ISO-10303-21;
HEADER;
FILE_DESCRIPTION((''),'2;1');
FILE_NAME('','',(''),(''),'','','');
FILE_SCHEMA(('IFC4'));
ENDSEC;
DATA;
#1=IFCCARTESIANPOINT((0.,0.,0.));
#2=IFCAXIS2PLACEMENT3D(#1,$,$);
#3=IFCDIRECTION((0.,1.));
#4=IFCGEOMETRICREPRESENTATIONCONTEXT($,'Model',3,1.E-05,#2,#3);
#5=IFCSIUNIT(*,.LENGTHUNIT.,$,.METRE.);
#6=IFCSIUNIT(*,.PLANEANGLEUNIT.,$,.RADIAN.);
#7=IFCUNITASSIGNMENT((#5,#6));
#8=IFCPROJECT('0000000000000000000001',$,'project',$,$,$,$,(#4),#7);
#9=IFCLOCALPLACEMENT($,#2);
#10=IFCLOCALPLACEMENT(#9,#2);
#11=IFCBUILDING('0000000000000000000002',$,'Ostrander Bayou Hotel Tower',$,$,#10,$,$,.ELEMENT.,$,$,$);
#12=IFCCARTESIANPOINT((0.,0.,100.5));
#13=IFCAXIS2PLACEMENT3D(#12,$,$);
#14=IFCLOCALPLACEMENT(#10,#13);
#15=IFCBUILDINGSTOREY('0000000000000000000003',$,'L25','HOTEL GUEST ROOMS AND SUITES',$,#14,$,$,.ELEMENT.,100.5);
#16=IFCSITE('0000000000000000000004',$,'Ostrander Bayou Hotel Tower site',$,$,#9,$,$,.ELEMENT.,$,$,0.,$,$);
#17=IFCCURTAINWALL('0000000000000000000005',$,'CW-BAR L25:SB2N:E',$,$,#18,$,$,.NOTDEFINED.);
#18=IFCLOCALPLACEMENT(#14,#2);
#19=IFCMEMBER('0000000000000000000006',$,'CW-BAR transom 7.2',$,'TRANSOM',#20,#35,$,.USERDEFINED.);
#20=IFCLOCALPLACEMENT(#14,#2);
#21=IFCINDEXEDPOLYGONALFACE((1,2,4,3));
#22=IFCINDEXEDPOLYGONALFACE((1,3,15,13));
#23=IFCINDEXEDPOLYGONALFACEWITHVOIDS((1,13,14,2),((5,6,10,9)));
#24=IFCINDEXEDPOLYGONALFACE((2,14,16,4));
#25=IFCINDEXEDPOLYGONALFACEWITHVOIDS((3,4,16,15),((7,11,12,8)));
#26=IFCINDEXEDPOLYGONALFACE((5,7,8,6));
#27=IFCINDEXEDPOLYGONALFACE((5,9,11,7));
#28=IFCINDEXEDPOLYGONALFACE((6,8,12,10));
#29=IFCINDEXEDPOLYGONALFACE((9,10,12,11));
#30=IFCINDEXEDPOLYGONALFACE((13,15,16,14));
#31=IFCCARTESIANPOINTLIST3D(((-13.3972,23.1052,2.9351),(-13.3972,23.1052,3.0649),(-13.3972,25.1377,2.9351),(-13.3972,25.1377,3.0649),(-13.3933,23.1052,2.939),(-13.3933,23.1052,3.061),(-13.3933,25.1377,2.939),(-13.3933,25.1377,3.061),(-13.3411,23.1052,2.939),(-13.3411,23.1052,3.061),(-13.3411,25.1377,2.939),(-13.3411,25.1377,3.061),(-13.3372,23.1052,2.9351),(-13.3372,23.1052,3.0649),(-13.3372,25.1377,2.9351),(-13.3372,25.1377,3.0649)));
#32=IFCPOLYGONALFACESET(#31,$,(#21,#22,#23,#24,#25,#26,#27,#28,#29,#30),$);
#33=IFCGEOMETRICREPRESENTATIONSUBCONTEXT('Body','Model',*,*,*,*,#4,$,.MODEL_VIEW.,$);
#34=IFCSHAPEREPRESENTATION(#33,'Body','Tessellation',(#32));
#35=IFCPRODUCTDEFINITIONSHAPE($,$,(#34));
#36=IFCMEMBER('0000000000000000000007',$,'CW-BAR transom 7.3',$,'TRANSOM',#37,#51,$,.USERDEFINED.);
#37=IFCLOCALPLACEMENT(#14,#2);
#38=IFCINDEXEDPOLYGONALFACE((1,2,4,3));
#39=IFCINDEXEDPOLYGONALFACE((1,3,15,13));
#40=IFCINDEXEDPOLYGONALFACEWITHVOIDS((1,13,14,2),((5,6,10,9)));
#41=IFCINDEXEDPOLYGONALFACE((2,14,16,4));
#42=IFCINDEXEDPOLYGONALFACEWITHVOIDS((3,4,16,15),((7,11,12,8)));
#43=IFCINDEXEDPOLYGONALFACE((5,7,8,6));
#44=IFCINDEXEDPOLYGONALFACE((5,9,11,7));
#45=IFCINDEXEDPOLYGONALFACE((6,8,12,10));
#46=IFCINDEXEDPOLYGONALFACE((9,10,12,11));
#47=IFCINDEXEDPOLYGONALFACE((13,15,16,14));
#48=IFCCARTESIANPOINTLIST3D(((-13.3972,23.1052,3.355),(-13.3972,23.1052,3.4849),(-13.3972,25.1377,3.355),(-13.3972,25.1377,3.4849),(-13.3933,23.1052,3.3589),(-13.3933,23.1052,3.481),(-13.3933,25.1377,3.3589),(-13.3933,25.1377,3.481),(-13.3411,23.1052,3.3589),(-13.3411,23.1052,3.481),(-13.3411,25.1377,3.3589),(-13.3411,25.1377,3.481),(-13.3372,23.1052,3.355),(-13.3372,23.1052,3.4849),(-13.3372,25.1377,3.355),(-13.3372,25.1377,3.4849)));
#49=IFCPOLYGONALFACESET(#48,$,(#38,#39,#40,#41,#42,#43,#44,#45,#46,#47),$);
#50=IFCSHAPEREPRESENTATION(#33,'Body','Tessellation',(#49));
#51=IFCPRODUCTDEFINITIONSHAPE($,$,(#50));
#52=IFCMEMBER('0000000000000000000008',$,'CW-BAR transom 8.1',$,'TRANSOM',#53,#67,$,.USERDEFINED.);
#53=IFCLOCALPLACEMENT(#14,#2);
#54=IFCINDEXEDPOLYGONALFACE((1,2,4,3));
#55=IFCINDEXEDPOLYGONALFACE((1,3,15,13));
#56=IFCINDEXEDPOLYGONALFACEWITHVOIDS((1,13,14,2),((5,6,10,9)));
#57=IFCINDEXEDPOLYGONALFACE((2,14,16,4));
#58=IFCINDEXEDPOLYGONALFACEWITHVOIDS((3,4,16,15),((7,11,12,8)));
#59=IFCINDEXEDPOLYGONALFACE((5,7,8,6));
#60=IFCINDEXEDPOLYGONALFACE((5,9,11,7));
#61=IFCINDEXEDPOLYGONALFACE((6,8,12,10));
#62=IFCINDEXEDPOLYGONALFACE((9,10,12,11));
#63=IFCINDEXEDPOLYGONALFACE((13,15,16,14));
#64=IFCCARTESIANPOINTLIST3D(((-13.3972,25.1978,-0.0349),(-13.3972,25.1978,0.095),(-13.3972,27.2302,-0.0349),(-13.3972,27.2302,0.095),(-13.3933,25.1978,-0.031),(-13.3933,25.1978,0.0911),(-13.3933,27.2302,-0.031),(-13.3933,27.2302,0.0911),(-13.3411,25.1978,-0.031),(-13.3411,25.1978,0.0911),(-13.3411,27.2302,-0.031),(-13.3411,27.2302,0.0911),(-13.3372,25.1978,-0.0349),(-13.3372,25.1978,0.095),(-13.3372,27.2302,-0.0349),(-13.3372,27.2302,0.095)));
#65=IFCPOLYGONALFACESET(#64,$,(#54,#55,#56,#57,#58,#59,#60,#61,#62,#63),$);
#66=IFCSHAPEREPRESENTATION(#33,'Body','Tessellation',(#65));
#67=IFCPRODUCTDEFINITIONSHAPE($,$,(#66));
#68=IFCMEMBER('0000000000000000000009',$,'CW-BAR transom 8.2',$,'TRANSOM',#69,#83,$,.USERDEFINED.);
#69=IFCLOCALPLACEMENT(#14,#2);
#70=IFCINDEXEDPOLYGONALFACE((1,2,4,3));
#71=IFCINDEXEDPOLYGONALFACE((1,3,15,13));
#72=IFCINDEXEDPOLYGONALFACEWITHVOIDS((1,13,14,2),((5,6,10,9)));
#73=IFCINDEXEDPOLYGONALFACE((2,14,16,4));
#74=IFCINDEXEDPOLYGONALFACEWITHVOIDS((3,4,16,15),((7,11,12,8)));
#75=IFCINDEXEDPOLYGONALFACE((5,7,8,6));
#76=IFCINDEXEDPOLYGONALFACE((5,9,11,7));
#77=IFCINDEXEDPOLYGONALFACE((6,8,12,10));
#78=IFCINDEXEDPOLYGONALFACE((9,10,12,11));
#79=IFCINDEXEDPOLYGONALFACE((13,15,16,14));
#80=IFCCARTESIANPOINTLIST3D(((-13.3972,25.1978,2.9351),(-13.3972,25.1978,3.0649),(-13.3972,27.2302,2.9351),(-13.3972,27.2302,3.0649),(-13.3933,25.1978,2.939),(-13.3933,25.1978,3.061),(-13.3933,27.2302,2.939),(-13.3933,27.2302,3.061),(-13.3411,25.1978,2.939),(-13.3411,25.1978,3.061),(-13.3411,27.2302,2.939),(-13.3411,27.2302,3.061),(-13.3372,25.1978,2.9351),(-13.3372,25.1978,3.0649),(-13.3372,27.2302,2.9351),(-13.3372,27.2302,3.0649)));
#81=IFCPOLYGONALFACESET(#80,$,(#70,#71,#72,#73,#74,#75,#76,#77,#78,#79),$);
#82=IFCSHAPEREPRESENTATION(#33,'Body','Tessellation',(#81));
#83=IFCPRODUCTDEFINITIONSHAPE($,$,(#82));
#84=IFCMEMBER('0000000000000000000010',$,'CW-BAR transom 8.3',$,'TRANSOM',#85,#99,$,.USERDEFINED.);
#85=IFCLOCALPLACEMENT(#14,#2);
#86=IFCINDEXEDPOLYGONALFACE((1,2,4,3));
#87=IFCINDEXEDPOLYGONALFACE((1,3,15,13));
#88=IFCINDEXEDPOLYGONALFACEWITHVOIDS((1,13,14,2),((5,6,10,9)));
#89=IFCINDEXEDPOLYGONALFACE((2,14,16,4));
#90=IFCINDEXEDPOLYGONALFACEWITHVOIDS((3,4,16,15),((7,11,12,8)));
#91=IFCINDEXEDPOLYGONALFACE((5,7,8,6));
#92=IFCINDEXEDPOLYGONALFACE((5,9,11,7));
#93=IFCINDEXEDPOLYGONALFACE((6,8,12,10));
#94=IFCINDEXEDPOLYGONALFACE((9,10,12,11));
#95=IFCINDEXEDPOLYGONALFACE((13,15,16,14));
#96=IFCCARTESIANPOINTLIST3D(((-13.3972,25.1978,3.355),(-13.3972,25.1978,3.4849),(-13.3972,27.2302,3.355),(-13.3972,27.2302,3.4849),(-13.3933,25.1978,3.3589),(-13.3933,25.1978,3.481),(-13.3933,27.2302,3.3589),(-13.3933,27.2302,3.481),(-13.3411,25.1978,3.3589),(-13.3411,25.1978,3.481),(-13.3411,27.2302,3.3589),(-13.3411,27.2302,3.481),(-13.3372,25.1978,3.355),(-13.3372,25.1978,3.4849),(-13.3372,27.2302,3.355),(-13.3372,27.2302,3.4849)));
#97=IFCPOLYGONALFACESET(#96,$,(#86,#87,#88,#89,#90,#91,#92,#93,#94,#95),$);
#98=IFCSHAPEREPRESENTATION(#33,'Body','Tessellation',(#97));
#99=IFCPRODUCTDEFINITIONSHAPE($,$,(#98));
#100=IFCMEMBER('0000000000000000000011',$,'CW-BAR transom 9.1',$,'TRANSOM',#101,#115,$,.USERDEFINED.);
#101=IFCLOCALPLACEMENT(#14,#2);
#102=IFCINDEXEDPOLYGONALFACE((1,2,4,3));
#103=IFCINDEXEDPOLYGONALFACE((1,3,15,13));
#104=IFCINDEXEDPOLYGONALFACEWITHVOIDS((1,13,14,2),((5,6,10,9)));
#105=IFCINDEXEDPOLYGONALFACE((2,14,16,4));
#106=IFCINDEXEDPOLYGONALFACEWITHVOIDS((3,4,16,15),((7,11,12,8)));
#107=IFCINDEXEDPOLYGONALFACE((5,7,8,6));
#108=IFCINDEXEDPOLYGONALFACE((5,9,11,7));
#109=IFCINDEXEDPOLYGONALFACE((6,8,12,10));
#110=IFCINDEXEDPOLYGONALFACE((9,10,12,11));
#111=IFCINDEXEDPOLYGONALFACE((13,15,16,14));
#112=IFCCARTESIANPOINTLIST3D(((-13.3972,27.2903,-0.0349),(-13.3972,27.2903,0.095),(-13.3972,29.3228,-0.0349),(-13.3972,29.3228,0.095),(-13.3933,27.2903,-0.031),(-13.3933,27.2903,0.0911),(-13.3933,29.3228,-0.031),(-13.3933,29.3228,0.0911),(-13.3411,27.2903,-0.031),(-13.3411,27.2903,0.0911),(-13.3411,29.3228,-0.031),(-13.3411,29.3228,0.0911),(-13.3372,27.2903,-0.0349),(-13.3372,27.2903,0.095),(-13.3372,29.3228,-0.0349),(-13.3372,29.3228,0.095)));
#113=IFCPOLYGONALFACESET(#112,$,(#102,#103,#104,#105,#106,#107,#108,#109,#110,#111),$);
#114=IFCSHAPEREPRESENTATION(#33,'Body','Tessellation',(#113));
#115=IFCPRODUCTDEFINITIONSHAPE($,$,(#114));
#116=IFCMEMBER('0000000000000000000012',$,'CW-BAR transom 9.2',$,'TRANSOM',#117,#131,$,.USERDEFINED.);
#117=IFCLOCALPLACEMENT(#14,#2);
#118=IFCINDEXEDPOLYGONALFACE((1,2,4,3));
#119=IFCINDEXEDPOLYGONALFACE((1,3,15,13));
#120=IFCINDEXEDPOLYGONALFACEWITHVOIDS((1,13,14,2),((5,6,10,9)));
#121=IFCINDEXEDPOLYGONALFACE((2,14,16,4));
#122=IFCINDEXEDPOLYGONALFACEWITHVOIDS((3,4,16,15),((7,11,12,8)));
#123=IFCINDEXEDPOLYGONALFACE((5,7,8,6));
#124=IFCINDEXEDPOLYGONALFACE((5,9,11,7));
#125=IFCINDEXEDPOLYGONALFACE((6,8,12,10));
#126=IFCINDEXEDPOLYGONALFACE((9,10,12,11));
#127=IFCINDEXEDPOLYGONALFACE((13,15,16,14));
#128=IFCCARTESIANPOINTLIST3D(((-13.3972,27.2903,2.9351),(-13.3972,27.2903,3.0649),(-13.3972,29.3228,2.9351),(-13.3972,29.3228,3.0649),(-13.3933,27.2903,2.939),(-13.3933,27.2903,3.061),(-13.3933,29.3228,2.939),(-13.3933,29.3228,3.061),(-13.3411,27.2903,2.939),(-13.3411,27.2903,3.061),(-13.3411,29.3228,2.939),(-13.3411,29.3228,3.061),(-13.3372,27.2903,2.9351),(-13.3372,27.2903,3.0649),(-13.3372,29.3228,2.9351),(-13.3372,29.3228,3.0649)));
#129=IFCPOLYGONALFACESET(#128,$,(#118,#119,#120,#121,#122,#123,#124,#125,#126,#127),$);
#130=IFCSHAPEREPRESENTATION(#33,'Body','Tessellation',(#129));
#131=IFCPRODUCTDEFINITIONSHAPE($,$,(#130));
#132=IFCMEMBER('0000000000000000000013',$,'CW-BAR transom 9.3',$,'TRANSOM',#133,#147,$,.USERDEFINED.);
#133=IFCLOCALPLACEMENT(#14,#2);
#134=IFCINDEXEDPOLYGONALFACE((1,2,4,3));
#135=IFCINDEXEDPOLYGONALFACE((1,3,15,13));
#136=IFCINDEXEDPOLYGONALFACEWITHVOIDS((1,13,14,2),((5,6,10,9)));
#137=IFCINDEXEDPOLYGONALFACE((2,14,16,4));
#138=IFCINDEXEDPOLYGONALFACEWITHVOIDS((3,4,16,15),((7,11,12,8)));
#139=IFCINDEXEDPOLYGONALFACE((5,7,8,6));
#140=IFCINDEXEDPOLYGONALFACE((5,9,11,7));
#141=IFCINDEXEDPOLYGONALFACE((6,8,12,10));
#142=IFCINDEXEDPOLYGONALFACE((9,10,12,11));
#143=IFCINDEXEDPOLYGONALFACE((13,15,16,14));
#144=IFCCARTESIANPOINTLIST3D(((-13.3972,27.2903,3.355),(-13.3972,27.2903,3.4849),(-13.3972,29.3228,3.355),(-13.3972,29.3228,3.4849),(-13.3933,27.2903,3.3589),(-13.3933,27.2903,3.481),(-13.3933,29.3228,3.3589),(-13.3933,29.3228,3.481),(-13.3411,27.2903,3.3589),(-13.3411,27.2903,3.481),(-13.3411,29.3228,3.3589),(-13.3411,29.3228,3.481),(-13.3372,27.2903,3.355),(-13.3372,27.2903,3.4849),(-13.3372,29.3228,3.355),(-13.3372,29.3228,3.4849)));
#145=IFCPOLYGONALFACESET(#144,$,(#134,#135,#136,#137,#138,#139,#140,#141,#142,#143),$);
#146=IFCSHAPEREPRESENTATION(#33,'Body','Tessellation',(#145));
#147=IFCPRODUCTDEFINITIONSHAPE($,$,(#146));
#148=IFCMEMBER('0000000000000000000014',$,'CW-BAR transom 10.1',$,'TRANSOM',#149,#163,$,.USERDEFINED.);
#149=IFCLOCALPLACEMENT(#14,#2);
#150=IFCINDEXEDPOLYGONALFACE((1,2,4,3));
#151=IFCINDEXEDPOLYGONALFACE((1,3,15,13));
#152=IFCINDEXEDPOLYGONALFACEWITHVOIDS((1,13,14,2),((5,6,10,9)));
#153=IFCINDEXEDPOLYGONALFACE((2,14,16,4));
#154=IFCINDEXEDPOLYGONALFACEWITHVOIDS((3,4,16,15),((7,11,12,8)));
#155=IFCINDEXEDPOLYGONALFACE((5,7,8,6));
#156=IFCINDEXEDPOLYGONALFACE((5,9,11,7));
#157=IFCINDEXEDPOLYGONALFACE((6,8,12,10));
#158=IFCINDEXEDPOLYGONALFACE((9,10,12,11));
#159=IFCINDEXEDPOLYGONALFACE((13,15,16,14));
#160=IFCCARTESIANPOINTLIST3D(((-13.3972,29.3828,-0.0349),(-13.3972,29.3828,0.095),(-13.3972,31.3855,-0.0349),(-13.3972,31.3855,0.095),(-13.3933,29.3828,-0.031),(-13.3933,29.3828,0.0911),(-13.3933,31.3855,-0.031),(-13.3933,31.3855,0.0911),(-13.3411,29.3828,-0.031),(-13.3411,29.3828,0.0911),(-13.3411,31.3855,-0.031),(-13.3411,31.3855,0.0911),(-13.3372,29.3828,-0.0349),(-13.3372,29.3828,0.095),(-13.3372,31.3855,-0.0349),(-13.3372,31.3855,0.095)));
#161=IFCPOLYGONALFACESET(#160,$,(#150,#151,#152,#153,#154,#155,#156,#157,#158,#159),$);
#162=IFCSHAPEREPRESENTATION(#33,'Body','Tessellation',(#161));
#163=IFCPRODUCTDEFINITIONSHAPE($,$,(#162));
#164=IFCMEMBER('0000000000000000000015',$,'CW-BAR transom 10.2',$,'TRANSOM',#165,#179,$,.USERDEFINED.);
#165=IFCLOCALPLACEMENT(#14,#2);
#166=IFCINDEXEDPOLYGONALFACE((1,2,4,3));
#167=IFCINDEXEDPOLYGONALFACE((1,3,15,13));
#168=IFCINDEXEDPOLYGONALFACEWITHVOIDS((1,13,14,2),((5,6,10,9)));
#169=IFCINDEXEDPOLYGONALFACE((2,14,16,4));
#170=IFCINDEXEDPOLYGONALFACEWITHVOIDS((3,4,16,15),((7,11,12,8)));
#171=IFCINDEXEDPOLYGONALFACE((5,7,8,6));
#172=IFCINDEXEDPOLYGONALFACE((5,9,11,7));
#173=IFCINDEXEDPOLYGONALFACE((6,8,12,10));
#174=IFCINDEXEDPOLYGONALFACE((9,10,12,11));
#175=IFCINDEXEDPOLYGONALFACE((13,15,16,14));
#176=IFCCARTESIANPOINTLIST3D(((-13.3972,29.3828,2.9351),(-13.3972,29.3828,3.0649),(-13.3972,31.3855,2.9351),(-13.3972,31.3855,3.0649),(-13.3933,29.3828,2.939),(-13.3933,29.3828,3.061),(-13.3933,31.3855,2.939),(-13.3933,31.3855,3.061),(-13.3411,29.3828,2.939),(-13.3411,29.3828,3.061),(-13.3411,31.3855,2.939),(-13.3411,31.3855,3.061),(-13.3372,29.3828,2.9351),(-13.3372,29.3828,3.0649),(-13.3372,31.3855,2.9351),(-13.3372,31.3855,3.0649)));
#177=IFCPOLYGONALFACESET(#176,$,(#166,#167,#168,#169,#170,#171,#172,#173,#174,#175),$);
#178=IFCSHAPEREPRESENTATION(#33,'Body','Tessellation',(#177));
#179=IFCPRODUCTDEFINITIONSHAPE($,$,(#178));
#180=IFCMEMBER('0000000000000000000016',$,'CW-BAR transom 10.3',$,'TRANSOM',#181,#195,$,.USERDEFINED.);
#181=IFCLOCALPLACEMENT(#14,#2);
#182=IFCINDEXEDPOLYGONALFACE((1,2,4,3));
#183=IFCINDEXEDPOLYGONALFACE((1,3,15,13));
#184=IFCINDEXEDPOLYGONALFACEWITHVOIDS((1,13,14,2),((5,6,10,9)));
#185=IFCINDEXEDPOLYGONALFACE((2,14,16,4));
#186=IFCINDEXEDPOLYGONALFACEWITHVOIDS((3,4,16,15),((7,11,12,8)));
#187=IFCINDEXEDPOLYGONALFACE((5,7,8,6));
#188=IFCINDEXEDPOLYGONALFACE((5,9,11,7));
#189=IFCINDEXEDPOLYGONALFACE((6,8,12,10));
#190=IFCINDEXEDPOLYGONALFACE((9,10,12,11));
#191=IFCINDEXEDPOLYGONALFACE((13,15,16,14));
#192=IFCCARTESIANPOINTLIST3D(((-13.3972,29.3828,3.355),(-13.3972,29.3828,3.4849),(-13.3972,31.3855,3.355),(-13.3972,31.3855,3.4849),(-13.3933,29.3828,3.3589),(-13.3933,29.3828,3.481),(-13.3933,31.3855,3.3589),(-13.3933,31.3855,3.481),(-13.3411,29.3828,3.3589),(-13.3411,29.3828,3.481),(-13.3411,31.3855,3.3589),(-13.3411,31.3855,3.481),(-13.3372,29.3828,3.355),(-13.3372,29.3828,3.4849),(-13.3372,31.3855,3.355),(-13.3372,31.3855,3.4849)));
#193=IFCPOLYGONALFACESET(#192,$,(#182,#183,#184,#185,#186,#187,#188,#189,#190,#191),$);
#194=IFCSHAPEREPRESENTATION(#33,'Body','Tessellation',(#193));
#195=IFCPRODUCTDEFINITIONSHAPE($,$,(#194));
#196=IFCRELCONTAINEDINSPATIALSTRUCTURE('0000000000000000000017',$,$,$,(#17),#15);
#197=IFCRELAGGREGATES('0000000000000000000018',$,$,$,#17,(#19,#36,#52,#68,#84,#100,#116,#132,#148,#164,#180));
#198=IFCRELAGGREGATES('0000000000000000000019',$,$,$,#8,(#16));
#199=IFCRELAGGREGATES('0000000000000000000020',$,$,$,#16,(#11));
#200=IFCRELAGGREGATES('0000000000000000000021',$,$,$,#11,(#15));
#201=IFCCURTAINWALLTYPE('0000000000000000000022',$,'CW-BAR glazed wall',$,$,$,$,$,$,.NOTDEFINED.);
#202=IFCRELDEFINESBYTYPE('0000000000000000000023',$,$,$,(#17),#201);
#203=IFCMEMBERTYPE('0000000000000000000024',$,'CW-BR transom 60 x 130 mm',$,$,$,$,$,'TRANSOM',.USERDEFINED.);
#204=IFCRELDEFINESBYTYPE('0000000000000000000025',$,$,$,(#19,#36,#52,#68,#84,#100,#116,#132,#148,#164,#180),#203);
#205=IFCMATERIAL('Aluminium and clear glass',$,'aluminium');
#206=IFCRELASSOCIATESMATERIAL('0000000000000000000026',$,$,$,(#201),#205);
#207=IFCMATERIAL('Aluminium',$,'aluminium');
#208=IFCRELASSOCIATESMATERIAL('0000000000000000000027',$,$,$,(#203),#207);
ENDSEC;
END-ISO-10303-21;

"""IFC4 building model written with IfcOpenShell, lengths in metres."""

from ifc_helpers import new_model, si_unit, direction, frame, origin, origin_2d, place, context, subcontext, project, spatial, hollow_rectangle, extrude, material, material_profile, profile_set, type_object, element, aggregate, save


model = new_model("IFC4")

# Units and contexts
model_context = context("Model", 3, precision=1e-05, world=origin(), true_north=direction((0.0, 1.0)))
body_context = subcontext(model_context, "Body", "Model", "MODEL_VIEW")
ifc_project = project(units=[si_unit("LENGTHUNIT", "METRE"), si_unit("PLANEANGLEUNIT", "RADIAN")], contexts=[model_context])

# Site, building, storey
site_placement = place(None, origin())
site = spatial("IfcSite", under=ifc_project, at=site_placement, Name="Ostrander Bayou Hotel Tower site", CompositionType="ELEMENT", RefElevation=0.0)
building_placement = place(site_placement, origin())
building = spatial("IfcBuilding", under=site, at=building_placement, Name="Ostrander Bayou Hotel Tower", CompositionType="ELEMENT")
storey_placement = place(building_placement, frame((0.0, 0.0, 100.5)))
storey = spatial("IfcBuildingStorey", under=building, at=storey_placement, Name="L25", Description="HOTEL GUEST ROOMS AND SUITES", CompositionType="ELEMENT", Elevation=100.5)

# Curtain wall
ifc_material_1 = material(Name="Aluminium and clear glass", Category="aluminium")
curtain_wall_type = type_object("IfcCurtainWallType", Name="CW-BAR glazed wall", PredefinedType="NOTDEFINED", material=ifc_material_1)
curtain_wall_1_placement = place(storey_placement, origin())
curtain_wall_1 = element("IfcCurtainWall", 1, at=curtain_wall_1_placement, inside=storey, type_object=curtain_wall_type, Name="CW-BAR L25:SB2N:E", PredefinedType="NOTDEFINED")

# Members
ifc_material_2 = material(Name="Aluminium", Category="aluminium")
ifc_material_profile_1 = material_profile(ifc_material_2, hollow_rectangle(XDim=0.0601, YDim=0.1299, WallThickness=0.0039, at=origin_2d()))
ifc_profile_set_1 = profile_set([ifc_material_profile_1], Name="Aluminium")
member_type_1 = type_object("IfcMemberType", Name="CW-BR transom 60 x 130 mm", ElementType="TRANSOM", PredefinedType="USERDEFINED", material=ifc_profile_set_1)
member_1_placement = place(storey_placement, frame((-13.3672, 23.1052, 3.0), z_axis=(0.0, 1.0, 0.0), x_axis=(-1.0, 0.0, 0.0)))
member_1 = element("IfcMember", 2, at=member_1_placement, type_object=member_type_1, Name="CW-BAR transom 7.2", ObjectType="TRANSOM", PredefinedType="USERDEFINED", context=body_context, shape_type="SweptSolid", body=[
    extrude(hollow_rectangle(XDim=0.0601, YDim=0.1299, WallThickness=0.0039, at=origin_2d()), origin(), (0.0, 0.0, 1.0), 2.0325),
])
member_2_placement = place(storey_placement, frame((-13.3672, 23.1052, 3.4199), z_axis=(0.0, 1.0, 0.0), x_axis=(-1.0, 0.0, 0.0)))
member_2 = element("IfcMember", 3, at=member_2_placement, type_object=member_type_1, Name="CW-BAR transom 7.3", ObjectType="TRANSOM", PredefinedType="USERDEFINED", context=body_context, shape_type="SweptSolid", body=[
    extrude(hollow_rectangle(XDim=0.0601, YDim=0.1299, WallThickness=0.0039, at=origin_2d()), origin(), (0.0, 0.0, 1.0), 2.0325),
])
member_3_placement = place(storey_placement, frame((-13.3672, 25.1978, 0.03), z_axis=(0.0, 1.0, 0.0), x_axis=(-1.0, 0.0, 0.0)))
member_3 = element("IfcMember", 4, at=member_3_placement, type_object=member_type_1, Name="CW-BAR transom 8.1", ObjectType="TRANSOM", PredefinedType="USERDEFINED", context=body_context, shape_type="SweptSolid", body=[
    extrude(hollow_rectangle(XDim=0.0601, YDim=0.1299, WallThickness=0.0039, at=origin_2d()), origin(), (0.0, 0.0, 1.0), 2.0325),
])
member_4_placement = place(storey_placement, frame((-13.3672, 25.1978, 3.0), z_axis=(0.0, 1.0, 0.0), x_axis=(-1.0, 0.0, 0.0)))
member_4 = element("IfcMember", 5, at=member_4_placement, type_object=member_type_1, Name="CW-BAR transom 8.2", ObjectType="TRANSOM", PredefinedType="USERDEFINED", context=body_context, shape_type="SweptSolid", body=[
    extrude(hollow_rectangle(XDim=0.0601, YDim=0.1299, WallThickness=0.0039, at=origin_2d()), origin(), (0.0, 0.0, 1.0), 2.0325),
])
member_5_placement = place(storey_placement, frame((-13.3672, 25.1978, 3.4199), z_axis=(0.0, 1.0, 0.0), x_axis=(-1.0, 0.0, 0.0)))
member_5 = element("IfcMember", 6, at=member_5_placement, type_object=member_type_1, Name="CW-BAR transom 8.3", ObjectType="TRANSOM", PredefinedType="USERDEFINED", context=body_context, shape_type="SweptSolid", body=[
    extrude(hollow_rectangle(XDim=0.0601, YDim=0.1299, WallThickness=0.0039, at=origin_2d()), origin(), (0.0, 0.0, 1.0), 2.0325),
])
member_6_placement = place(storey_placement, frame((-13.3672, 27.2903, 0.03), z_axis=(0.0, 1.0, 0.0), x_axis=(-1.0, 0.0, 0.0)))
member_6 = element("IfcMember", 7, at=member_6_placement, type_object=member_type_1, Name="CW-BAR transom 9.1", ObjectType="TRANSOM", PredefinedType="USERDEFINED", context=body_context, shape_type="SweptSolid", body=[
    extrude(hollow_rectangle(XDim=0.0601, YDim=0.1299, WallThickness=0.0039, at=origin_2d()), origin(), (0.0, 0.0, 1.0), 2.0325),
])
member_7_placement = place(storey_placement, frame((-13.3672, 27.2903, 3.0), z_axis=(0.0, 1.0, 0.0), x_axis=(-1.0, 0.0, 0.0)))
member_7 = element("IfcMember", 8, at=member_7_placement, type_object=member_type_1, Name="CW-BAR transom 9.2", ObjectType="TRANSOM", PredefinedType="USERDEFINED", context=body_context, shape_type="SweptSolid", body=[
    extrude(hollow_rectangle(XDim=0.0601, YDim=0.1299, WallThickness=0.0039, at=origin_2d()), origin(), (0.0, 0.0, 1.0), 2.0325),
])
member_8_placement = place(storey_placement, frame((-13.3672, 27.2903, 3.4199), z_axis=(0.0, 1.0, 0.0), x_axis=(-1.0, 0.0, 0.0)))
member_8 = element("IfcMember", 9, at=member_8_placement, type_object=member_type_1, Name="CW-BAR transom 9.3", ObjectType="TRANSOM", PredefinedType="USERDEFINED", context=body_context, shape_type="SweptSolid", body=[
    extrude(hollow_rectangle(XDim=0.0601, YDim=0.1299, WallThickness=0.0039, at=origin_2d()), origin(), (0.0, 0.0, 1.0), 2.0325),
])
member_9_placement = place(storey_placement, frame((-13.3672, 29.3828, 0.03), z_axis=(0.0, 1.0, 0.0), x_axis=(-1.0, 0.0, 0.0)))
member_9 = element("IfcMember", 10, at=member_9_placement, type_object=member_type_1, Name="CW-BAR transom 10.1", ObjectType="TRANSOM", PredefinedType="USERDEFINED", context=body_context, shape_type="SweptSolid", body=[
    extrude(hollow_rectangle(XDim=0.0601, YDim=0.1299, WallThickness=0.0039, at=origin_2d()), origin(), (0.0, 0.0, 1.0), 2.0027),
])
member_10_placement = place(storey_placement, frame((-13.3672, 29.3828, 3.0), z_axis=(0.0, 1.0, 0.0), x_axis=(-1.0, 0.0, 0.0)))
member_10 = element("IfcMember", 11, at=member_10_placement, type_object=member_type_1, Name="CW-BAR transom 10.2", ObjectType="TRANSOM", PredefinedType="USERDEFINED", context=body_context, shape_type="SweptSolid", body=[
    extrude(hollow_rectangle(XDim=0.0601, YDim=0.1299, WallThickness=0.0039, at=origin_2d()), origin(), (0.0, 0.0, 1.0), 2.0027),
])
member_11_placement = place(storey_placement, frame((-13.3672, 29.3828, 3.4199), z_axis=(0.0, 1.0, 0.0), x_axis=(-1.0, 0.0, 0.0)))
member_11 = element("IfcMember", 12, at=member_11_placement, type_object=member_type_1, Name="CW-BAR transom 10.3", ObjectType="TRANSOM", PredefinedType="USERDEFINED", context=body_context, shape_type="SweptSolid", body=[
    extrude(hollow_rectangle(XDim=0.0601, YDim=0.1299, WallThickness=0.0039, at=origin_2d()), origin(), (0.0, 0.0, 1.0), 2.0027),
])

aggregate(curtain_wall_1, [member_1, member_2, member_3, member_4, member_5, member_6, member_7, member_8, member_9, member_10, member_11])

save(model, "model.ifc")
